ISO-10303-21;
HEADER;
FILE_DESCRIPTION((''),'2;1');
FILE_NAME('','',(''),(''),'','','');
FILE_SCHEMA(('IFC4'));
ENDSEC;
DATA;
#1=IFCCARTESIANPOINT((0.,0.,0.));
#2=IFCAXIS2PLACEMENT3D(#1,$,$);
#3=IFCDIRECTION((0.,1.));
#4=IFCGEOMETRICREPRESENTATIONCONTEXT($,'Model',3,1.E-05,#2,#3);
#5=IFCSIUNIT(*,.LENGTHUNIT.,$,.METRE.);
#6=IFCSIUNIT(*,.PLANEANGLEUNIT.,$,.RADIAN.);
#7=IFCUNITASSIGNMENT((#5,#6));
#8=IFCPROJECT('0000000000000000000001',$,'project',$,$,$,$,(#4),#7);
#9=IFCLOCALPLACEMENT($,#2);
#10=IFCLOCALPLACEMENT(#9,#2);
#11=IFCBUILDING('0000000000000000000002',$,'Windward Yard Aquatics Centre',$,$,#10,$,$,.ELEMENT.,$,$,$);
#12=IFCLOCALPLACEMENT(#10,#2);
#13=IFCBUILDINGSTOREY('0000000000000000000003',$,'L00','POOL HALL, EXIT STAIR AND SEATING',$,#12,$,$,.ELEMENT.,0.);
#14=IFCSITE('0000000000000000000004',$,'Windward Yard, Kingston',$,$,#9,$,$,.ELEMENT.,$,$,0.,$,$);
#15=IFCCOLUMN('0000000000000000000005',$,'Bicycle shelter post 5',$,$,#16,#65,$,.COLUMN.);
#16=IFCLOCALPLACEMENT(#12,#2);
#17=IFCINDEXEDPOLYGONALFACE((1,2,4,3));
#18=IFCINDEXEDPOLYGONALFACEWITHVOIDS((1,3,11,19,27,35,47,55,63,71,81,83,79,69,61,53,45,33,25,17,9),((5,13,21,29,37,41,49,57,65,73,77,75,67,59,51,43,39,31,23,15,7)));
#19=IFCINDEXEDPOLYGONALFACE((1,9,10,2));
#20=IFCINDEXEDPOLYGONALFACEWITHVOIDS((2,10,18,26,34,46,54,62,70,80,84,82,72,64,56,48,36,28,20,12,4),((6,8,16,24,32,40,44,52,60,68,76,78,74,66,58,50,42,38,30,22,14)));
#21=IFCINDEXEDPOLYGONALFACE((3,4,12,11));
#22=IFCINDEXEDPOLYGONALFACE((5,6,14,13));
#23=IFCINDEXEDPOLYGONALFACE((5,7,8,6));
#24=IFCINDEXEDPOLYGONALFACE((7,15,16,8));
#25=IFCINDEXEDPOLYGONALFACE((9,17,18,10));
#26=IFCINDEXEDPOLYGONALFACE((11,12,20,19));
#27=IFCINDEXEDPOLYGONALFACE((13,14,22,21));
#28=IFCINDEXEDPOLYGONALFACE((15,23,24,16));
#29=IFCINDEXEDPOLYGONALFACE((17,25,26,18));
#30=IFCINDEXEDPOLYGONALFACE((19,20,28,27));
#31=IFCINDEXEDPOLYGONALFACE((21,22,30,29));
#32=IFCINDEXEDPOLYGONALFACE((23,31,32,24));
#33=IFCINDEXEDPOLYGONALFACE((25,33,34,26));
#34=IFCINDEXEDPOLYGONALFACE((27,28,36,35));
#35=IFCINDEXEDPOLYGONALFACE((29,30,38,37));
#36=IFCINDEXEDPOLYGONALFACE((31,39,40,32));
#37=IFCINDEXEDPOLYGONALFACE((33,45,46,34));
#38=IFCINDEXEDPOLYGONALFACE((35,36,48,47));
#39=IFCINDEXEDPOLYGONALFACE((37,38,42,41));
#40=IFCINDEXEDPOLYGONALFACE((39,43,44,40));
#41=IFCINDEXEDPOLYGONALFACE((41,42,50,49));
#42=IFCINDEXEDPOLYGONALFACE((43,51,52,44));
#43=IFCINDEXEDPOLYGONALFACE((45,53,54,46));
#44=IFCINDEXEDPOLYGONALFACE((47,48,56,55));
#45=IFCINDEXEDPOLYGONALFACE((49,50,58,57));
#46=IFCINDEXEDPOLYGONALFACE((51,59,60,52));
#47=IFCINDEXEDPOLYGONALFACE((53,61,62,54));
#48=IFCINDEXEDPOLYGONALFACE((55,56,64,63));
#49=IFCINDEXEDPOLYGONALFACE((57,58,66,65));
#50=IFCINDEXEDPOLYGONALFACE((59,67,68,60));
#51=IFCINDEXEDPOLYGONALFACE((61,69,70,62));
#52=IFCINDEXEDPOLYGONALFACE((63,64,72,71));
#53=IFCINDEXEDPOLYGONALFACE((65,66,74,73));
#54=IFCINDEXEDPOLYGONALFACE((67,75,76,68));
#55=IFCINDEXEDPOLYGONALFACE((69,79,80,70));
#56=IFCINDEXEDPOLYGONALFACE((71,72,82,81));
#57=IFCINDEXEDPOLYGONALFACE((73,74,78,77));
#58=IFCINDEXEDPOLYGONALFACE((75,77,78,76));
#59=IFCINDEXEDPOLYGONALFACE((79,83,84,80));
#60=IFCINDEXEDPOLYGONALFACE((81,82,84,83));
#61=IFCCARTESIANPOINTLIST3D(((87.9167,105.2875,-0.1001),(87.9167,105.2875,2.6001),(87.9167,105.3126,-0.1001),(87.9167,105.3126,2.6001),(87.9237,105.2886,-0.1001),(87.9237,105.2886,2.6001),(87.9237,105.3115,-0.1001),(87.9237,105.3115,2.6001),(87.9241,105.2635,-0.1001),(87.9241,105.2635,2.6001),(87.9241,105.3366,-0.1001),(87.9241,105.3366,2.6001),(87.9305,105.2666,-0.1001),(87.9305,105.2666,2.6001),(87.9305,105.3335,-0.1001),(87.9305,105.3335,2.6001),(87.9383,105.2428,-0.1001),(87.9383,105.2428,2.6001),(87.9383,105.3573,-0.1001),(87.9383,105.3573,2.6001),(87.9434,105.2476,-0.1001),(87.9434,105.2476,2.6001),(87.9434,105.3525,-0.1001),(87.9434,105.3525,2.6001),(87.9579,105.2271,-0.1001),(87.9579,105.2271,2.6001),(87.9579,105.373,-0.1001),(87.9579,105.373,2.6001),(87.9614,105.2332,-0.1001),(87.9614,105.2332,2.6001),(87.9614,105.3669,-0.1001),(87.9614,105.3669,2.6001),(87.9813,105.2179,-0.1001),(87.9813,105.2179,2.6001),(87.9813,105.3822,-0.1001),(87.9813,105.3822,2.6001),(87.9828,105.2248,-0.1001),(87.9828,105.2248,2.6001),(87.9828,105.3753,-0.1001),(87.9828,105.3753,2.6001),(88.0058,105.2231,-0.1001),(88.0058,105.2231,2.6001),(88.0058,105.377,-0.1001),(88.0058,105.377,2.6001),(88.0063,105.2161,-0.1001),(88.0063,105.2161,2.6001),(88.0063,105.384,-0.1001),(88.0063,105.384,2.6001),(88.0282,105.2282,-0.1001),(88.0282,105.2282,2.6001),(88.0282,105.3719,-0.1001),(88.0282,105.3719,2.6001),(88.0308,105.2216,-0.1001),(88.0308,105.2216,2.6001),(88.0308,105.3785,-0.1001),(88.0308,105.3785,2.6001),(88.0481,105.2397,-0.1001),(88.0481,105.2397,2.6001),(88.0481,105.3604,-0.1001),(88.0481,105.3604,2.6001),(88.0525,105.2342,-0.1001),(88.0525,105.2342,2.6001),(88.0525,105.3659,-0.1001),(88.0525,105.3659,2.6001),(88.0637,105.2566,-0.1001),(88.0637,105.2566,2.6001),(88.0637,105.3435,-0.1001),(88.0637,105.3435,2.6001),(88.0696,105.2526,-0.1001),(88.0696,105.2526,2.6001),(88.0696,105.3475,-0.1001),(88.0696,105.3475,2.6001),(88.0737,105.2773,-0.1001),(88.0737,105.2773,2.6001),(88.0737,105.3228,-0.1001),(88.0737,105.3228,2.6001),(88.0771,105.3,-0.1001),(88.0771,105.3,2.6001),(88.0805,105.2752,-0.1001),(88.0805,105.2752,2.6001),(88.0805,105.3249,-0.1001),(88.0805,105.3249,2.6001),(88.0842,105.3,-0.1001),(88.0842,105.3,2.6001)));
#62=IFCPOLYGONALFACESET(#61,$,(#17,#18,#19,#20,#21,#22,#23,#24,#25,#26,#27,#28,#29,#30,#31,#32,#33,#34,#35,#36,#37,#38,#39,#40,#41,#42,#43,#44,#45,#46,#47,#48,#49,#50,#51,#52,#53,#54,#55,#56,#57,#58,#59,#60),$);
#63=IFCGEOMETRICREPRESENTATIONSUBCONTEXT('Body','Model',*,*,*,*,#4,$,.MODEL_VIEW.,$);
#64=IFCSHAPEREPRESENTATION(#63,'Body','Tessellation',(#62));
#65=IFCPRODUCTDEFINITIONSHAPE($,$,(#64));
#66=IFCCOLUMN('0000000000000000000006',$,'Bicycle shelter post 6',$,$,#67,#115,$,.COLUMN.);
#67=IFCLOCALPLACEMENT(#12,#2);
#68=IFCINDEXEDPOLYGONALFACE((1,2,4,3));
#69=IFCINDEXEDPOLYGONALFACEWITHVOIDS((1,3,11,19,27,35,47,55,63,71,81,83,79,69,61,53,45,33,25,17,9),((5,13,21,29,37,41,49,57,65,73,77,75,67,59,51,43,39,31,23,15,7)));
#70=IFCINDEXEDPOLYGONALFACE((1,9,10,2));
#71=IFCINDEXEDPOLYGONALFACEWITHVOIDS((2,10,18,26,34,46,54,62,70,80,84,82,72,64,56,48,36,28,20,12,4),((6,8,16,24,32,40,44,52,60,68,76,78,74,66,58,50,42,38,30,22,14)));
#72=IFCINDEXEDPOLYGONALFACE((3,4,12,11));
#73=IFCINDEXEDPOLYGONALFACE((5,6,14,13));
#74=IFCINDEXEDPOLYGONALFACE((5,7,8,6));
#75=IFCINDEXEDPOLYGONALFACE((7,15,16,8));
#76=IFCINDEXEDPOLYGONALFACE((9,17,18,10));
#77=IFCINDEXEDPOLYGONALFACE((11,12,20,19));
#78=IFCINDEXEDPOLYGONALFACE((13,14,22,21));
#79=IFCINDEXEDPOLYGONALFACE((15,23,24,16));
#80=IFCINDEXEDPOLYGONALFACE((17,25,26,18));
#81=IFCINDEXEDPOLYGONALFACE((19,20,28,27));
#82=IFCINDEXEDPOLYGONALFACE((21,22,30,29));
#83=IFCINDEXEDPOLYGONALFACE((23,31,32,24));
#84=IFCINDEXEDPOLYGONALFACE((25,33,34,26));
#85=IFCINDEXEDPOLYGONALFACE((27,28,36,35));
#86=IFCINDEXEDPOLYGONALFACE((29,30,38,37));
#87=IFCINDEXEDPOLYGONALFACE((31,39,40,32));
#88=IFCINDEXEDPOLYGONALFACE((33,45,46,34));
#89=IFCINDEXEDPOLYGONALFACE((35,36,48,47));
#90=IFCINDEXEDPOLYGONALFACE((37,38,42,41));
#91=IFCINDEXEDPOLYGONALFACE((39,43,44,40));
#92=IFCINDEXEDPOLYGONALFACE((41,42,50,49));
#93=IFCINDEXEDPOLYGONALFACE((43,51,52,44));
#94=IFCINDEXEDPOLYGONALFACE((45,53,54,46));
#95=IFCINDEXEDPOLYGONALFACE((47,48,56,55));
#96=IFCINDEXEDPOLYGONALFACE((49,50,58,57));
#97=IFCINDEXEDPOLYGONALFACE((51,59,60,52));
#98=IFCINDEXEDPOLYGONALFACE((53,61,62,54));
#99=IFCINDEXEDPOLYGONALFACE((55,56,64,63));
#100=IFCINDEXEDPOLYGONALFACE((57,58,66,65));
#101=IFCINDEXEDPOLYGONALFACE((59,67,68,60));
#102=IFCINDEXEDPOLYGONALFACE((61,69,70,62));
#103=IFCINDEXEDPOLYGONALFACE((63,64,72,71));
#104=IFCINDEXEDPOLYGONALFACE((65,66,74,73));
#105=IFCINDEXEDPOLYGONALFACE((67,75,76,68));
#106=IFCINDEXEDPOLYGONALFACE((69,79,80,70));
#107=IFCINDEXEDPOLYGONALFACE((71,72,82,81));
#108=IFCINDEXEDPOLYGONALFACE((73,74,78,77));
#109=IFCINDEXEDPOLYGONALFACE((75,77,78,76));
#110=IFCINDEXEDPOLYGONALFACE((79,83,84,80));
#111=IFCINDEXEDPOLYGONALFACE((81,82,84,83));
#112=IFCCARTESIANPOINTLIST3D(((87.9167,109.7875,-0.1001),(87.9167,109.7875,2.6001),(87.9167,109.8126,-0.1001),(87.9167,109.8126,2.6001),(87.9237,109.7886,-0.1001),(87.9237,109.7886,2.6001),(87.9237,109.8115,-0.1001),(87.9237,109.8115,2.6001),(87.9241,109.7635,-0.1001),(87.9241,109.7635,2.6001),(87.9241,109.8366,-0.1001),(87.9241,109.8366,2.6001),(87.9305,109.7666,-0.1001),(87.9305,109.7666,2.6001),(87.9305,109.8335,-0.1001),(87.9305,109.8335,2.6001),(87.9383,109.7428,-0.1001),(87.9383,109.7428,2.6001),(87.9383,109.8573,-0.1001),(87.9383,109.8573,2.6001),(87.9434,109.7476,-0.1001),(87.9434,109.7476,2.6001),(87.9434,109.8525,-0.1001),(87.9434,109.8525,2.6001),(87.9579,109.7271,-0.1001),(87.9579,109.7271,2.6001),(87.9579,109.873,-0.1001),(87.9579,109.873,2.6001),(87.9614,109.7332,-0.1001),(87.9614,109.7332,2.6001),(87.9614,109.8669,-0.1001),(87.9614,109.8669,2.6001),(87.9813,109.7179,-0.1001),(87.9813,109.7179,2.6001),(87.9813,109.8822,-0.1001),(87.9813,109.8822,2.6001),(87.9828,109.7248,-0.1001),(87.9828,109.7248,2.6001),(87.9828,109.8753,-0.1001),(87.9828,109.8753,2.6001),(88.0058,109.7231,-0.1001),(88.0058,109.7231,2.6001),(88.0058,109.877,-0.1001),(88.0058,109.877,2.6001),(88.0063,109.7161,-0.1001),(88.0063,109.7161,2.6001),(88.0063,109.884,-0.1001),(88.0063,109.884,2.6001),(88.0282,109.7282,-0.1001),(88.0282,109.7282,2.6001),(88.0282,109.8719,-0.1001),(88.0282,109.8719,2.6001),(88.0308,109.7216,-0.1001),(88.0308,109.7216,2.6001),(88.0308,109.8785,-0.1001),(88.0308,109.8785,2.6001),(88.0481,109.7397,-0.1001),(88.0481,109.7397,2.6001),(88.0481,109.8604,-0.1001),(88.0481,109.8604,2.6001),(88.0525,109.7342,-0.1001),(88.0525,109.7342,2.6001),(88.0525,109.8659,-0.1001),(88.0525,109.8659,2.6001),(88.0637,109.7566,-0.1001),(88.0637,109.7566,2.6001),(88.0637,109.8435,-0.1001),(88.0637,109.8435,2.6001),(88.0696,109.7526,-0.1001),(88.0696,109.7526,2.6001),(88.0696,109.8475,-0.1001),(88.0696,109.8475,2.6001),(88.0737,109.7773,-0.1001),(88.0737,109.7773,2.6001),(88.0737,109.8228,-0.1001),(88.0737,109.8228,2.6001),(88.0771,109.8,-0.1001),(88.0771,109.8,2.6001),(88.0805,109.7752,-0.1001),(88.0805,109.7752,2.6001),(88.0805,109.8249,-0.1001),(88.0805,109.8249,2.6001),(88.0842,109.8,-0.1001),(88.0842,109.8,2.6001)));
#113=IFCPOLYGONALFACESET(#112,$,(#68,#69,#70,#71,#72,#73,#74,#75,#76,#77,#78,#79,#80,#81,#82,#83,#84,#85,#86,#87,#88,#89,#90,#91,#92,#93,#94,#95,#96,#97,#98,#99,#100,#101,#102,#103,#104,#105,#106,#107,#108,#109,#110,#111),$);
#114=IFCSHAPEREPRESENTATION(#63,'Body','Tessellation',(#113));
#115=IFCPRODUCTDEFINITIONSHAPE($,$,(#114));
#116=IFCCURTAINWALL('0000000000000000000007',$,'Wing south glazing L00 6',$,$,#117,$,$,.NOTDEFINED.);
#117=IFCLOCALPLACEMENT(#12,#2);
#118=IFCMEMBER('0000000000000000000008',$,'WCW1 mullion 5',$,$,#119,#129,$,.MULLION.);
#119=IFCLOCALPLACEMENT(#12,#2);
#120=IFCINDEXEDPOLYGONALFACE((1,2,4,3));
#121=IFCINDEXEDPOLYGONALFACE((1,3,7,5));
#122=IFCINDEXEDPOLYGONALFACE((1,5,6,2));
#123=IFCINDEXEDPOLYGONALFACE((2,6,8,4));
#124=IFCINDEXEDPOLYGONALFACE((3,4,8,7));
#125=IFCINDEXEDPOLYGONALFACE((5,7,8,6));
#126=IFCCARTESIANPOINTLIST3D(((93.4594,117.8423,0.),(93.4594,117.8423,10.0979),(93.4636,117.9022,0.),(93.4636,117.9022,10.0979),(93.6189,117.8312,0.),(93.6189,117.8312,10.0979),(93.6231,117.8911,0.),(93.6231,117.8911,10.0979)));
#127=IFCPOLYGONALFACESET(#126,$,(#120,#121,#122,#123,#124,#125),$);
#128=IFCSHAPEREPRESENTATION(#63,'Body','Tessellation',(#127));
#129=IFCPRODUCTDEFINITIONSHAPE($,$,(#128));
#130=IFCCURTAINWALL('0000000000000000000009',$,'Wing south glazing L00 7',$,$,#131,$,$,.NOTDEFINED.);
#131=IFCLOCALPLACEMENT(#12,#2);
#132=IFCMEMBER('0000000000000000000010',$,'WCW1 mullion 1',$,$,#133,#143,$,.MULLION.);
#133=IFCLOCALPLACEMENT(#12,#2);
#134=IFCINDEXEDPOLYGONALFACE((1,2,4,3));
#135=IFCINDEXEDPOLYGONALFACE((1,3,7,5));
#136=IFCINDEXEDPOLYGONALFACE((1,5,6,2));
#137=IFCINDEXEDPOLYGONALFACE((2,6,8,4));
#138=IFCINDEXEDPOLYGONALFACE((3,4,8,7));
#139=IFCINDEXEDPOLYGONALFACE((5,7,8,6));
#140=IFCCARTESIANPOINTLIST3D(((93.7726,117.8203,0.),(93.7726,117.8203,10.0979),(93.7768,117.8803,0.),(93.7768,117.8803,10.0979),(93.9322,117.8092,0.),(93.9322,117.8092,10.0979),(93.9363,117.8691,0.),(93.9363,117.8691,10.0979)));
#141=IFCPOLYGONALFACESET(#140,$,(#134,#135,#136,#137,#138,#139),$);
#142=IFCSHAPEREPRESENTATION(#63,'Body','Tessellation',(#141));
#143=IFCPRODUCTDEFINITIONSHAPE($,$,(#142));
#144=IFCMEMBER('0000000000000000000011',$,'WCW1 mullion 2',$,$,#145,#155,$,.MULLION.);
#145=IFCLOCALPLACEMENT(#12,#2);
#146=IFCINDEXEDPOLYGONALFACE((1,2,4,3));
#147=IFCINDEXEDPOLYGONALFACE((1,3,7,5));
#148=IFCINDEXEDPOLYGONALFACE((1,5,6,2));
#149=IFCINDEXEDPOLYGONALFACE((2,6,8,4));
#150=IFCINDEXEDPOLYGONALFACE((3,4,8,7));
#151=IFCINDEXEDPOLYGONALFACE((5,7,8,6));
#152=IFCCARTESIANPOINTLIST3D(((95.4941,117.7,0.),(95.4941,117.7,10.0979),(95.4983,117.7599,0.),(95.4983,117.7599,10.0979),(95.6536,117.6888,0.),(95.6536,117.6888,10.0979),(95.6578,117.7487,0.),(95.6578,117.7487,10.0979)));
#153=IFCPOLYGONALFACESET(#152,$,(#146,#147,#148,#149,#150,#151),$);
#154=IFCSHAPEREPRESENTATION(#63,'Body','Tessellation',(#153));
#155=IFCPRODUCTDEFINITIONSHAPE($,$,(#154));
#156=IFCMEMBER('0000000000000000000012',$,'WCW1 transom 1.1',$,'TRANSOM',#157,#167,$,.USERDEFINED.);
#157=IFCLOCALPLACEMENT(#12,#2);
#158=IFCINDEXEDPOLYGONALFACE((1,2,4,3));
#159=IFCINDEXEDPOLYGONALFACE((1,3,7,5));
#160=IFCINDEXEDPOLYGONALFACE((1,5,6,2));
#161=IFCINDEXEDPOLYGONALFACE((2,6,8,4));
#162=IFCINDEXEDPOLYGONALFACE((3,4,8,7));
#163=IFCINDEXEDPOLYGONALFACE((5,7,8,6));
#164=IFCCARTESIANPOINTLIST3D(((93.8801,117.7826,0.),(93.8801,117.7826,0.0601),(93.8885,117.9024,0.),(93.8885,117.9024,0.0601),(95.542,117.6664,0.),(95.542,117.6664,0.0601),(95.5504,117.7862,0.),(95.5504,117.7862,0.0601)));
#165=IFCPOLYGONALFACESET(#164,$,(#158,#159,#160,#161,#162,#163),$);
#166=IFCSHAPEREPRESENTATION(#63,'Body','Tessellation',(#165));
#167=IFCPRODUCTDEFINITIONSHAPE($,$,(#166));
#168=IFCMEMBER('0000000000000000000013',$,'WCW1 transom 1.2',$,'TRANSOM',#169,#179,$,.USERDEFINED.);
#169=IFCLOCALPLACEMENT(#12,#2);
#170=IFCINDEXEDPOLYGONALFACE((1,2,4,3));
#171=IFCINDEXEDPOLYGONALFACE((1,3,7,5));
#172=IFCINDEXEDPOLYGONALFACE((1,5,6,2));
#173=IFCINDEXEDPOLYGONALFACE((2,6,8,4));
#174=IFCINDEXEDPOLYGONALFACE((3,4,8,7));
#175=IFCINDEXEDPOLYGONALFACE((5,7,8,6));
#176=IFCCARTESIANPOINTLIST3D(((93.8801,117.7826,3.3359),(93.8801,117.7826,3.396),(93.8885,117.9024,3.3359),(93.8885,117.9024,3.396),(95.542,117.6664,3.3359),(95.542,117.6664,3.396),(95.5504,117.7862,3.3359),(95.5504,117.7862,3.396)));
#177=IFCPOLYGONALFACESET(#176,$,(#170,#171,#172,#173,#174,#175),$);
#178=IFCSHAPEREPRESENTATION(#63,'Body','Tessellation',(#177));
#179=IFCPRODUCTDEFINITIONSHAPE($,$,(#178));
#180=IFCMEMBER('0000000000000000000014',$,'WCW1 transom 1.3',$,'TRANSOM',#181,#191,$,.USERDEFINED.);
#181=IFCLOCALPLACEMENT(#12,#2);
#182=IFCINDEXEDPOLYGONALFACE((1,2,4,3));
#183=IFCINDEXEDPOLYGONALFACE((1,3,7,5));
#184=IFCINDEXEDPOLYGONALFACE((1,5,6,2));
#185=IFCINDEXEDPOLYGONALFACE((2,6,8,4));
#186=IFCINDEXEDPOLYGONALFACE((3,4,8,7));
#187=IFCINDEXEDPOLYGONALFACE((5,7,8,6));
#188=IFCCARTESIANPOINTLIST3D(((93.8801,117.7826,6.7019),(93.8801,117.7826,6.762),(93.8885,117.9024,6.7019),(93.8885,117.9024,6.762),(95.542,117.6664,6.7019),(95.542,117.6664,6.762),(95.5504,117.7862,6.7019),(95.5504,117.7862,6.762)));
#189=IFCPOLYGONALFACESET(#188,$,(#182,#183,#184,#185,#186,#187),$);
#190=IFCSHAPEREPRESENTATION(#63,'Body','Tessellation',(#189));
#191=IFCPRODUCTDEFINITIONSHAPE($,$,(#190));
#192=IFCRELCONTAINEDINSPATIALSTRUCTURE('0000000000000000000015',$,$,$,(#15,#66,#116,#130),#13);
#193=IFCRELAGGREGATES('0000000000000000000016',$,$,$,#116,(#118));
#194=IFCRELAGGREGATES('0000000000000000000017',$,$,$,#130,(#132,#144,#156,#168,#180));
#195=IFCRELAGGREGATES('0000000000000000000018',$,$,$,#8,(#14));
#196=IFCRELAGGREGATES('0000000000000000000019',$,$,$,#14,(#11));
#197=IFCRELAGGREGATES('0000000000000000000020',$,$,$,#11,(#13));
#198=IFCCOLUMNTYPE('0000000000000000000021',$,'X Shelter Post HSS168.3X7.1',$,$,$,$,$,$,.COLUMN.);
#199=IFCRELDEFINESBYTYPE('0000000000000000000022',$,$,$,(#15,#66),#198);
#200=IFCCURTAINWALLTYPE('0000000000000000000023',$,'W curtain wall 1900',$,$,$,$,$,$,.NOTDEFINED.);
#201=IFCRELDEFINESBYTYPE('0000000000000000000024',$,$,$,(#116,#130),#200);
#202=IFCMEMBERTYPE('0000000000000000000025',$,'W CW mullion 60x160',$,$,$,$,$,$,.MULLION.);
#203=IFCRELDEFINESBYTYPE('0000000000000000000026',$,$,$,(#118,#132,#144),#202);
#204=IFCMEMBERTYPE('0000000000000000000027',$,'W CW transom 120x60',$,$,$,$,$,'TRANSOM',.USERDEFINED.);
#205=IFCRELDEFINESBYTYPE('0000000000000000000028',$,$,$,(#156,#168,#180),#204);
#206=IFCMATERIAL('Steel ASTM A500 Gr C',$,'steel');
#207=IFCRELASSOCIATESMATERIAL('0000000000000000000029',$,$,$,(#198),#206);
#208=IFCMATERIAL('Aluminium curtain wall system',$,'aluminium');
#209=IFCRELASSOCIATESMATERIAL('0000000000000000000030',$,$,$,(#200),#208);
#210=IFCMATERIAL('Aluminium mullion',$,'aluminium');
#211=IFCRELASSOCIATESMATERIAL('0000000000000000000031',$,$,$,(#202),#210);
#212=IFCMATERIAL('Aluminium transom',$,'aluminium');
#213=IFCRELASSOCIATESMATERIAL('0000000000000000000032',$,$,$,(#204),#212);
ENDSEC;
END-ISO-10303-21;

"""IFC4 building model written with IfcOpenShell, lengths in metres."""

from ifc_helpers import new_model, si_unit, direction, frame, origin, origin_2d, place, context, subcontext, project, spatial, rectangle, hollow_circle, extrude, material, material_profile, profile_set, type_object, element, aggregate, save


model = new_model("IFC4")

# Units and contexts
model_context = context("Model", 3, precision=1e-05, world=origin(), true_north=direction((0.0, 1.0)))
body_context = subcontext(model_context, "Body", "Model", "MODEL_VIEW")
ifc_project = project(units=[si_unit("LENGTHUNIT", "METRE"), si_unit("PLANEANGLEUNIT", "RADIAN")], contexts=[model_context])

# Site, building, storey
site_placement = place(None, origin())
site = spatial("IfcSite", under=ifc_project, at=site_placement, Name="Windward Yard, Kingston", CompositionType="ELEMENT", RefElevation=0.0)
building_placement = place(site_placement, origin())
building = spatial("IfcBuilding", under=site, at=building_placement, Name="Windward Yard Aquatics Centre", CompositionType="ELEMENT")
storey_placement = place(building_placement, origin())
storey = spatial("IfcBuildingStorey", under=building, at=storey_placement, Name="L00", Description="POOL HALL, EXIT STAIR AND SEATING", CompositionType="ELEMENT", Elevation=0.0)

# Columns
ifc_material_1 = material(Name="Steel ASTM A500 Gr C", Category="steel")
ifc_material_profile_1 = material_profile(ifc_material_1, hollow_circle(Radius=0.0842, WallThickness=0.0071, at=origin_2d()), Name="HSS168.3X7.1")
ifc_profile_set_1 = profile_set([ifc_material_profile_1], Name="Steel ASTM A500 Gr C")
column_type_1 = type_object("IfcColumnType", Name="X Shelter Post HSS168.3X7.1", PredefinedType="COLUMN", material=ifc_profile_set_1)
for number, where, z_axis, x_axis, name in (
    (1, (88.0, 105.3, -0.1001), (0.0, 0.0, 1.0), (1.0, 0.0, 0.0), "Bicycle shelter post 5"),
    (2, (88.0, 109.8, -0.1001), (0.0, 0.0, 1.0), (1.0, 0.0, 0.0), "Bicycle shelter post 6"),
):
    element("IfcColumn", number, at=place(storey_placement, frame(where, z_axis=z_axis, x_axis=x_axis)), inside=storey, type_object=column_type_1, Name=name, PredefinedType="COLUMN", context=body_context, shape_type="SweptSolid", body=[
        extrude(hollow_circle(Radius=0.0842, WallThickness=0.0071, at=origin_2d()), origin(), (0.0, 0.0, 1.0), 2.7002),
    ])

# Curtain wall, member
ifc_material_2 = material(Name="Aluminium curtain wall system", Category="aluminium")
curtain_wall_type = type_object("IfcCurtainWallType", Name="W curtain wall 1900", PredefinedType="NOTDEFINED", material=ifc_material_2)
curtain_wall_1_placement = place(storey_placement, origin())
curtain_wall_1 = element("IfcCurtainWall", 3, at=curtain_wall_1_placement, inside=storey, type_object=curtain_wall_type, Name="Wing south glazing L00 6", PredefinedType="NOTDEFINED")
ifc_material_3 = material(Name="Aluminium mullion", Category="aluminium")
ifc_material_profile_2 = material_profile(ifc_material_3, rectangle(XDim=0.0601, YDim=0.1599, at=origin_2d()), Name="AL 60x160")
ifc_profile_set_2 = profile_set([ifc_material_profile_2], Name="Aluminium mullion")
member_type_1 = type_object("IfcMemberType", Name="W CW mullion 60x160", PredefinedType="MULLION", material=ifc_profile_set_2)
member_1_placement = place(storey_placement, frame((93.5413, 117.8667, 0.0), z_axis=(0.0, 0.0, 1.0), x_axis=(0.069756, 0.997564, 0.0)))
member_1 = element("IfcMember", 4, at=member_1_placement, type_object=member_type_1, Name="WCW1 mullion 5", PredefinedType="MULLION", context=body_context, shape_type="SweptSolid", body=[
    extrude(rectangle(XDim=0.0601, YDim=0.1599, at=origin_2d()), origin(), (0.0, 0.0, 1.0), 10.0979),
])

# Curtain wall, members
curtain_wall_2_placement = place(storey_placement, origin())
curtain_wall_2 = element("IfcCurtainWall", 5, at=curtain_wall_2_placement, inside=storey, type_object=curtain_wall_type, Name="Wing south glazing L00 7", PredefinedType="NOTDEFINED")
member_2_placement = place(storey_placement, frame((93.8545, 117.8447, 0.0), z_axis=(0.0, 0.0, 1.0), x_axis=(0.069756, 0.997564, 0.0)))
member_2 = element("IfcMember", 6, at=member_2_placement, type_object=member_type_1, Name="WCW1 mullion 1", PredefinedType="MULLION", context=body_context, shape_type="SweptSolid", body=[
    extrude(rectangle(XDim=0.0601, YDim=0.1599, at=origin_2d()), origin(), (0.0, 0.0, 1.0), 10.0979),
])
member_3_placement = place(storey_placement, frame((95.5759, 117.7244, 0.0), z_axis=(0.0, 0.0, 1.0), x_axis=(0.069756, 0.997564, 0.0)))
member_3 = element("IfcMember", 7, at=member_3_placement, type_object=member_type_1, Name="WCW1 mullion 2", PredefinedType="MULLION", context=body_context, shape_type="SweptSolid", body=[
    extrude(rectangle(XDim=0.0601, YDim=0.1599, at=origin_2d()), origin(), (0.0, 0.0, 1.0), 10.0979),
])
ifc_material_4 = material(Name="Aluminium transom", Category="aluminium")
ifc_material_profile_3 = material_profile(ifc_material_4, rectangle(XDim=0.1201, YDim=0.0601, at=origin_2d()), Name="AL 120x60")
ifc_profile_set_3 = profile_set([ifc_material_profile_3], Name="Aluminium transom")
member_type_2 = type_object("IfcMemberType", Name="W CW transom 120x60", ElementType="TRANSOM", PredefinedType="USERDEFINED", material=ifc_profile_set_3)
member_4_placement = place(storey_placement, frame((93.8843, 117.8425, 0.03), z_axis=(0.997564, -0.069758, 0.0), x_axis=(0.069758, 0.997564, 0.0)))
member_4 = element("IfcMember", 8, at=member_4_placement, type_object=member_type_2, Name="WCW1 transom 1.1", ObjectType="TRANSOM", PredefinedType="USERDEFINED", context=body_context, shape_type="SweptSolid", body=[
    extrude(rectangle(XDim=0.1201, YDim=0.0601, at=origin_2d()), origin(), (0.0, 0.0, 1.0), 1.666),
])
member_5_placement = place(storey_placement, frame((93.8843, 117.8425, 3.366), z_axis=(0.997564, -0.069758, 0.0), x_axis=(0.069758, 0.997564, 0.0)))
member_5 = element("IfcMember", 9, at=member_5_placement, type_object=member_type_2, Name="WCW1 transom 1.2", ObjectType="TRANSOM", PredefinedType="USERDEFINED", context=body_context, shape_type="SweptSolid", body=[
    extrude(rectangle(XDim=0.1201, YDim=0.0601, at=origin_2d()), origin(), (0.0, 0.0, 1.0), 1.666),
])
member_6_placement = place(storey_placement, frame((93.8843, 117.8425, 6.7319), z_axis=(0.997564, -0.069758, 0.0), x_axis=(0.069758, 0.997564, 0.0)))
member_6 = element("IfcMember", 10, at=member_6_placement, type_object=member_type_2, Name="WCW1 transom 1.3", ObjectType="TRANSOM", PredefinedType="USERDEFINED", context=body_context, shape_type="SweptSolid", body=[
    extrude(rectangle(XDim=0.1201, YDim=0.0601, at=origin_2d()), origin(), (0.0, 0.0, 1.0), 1.666),
])

aggregate(curtain_wall_1, [member_1])
aggregate(curtain_wall_2, [member_2, member_3, member_4, member_5, member_6])

save(model, "model.ifc")
